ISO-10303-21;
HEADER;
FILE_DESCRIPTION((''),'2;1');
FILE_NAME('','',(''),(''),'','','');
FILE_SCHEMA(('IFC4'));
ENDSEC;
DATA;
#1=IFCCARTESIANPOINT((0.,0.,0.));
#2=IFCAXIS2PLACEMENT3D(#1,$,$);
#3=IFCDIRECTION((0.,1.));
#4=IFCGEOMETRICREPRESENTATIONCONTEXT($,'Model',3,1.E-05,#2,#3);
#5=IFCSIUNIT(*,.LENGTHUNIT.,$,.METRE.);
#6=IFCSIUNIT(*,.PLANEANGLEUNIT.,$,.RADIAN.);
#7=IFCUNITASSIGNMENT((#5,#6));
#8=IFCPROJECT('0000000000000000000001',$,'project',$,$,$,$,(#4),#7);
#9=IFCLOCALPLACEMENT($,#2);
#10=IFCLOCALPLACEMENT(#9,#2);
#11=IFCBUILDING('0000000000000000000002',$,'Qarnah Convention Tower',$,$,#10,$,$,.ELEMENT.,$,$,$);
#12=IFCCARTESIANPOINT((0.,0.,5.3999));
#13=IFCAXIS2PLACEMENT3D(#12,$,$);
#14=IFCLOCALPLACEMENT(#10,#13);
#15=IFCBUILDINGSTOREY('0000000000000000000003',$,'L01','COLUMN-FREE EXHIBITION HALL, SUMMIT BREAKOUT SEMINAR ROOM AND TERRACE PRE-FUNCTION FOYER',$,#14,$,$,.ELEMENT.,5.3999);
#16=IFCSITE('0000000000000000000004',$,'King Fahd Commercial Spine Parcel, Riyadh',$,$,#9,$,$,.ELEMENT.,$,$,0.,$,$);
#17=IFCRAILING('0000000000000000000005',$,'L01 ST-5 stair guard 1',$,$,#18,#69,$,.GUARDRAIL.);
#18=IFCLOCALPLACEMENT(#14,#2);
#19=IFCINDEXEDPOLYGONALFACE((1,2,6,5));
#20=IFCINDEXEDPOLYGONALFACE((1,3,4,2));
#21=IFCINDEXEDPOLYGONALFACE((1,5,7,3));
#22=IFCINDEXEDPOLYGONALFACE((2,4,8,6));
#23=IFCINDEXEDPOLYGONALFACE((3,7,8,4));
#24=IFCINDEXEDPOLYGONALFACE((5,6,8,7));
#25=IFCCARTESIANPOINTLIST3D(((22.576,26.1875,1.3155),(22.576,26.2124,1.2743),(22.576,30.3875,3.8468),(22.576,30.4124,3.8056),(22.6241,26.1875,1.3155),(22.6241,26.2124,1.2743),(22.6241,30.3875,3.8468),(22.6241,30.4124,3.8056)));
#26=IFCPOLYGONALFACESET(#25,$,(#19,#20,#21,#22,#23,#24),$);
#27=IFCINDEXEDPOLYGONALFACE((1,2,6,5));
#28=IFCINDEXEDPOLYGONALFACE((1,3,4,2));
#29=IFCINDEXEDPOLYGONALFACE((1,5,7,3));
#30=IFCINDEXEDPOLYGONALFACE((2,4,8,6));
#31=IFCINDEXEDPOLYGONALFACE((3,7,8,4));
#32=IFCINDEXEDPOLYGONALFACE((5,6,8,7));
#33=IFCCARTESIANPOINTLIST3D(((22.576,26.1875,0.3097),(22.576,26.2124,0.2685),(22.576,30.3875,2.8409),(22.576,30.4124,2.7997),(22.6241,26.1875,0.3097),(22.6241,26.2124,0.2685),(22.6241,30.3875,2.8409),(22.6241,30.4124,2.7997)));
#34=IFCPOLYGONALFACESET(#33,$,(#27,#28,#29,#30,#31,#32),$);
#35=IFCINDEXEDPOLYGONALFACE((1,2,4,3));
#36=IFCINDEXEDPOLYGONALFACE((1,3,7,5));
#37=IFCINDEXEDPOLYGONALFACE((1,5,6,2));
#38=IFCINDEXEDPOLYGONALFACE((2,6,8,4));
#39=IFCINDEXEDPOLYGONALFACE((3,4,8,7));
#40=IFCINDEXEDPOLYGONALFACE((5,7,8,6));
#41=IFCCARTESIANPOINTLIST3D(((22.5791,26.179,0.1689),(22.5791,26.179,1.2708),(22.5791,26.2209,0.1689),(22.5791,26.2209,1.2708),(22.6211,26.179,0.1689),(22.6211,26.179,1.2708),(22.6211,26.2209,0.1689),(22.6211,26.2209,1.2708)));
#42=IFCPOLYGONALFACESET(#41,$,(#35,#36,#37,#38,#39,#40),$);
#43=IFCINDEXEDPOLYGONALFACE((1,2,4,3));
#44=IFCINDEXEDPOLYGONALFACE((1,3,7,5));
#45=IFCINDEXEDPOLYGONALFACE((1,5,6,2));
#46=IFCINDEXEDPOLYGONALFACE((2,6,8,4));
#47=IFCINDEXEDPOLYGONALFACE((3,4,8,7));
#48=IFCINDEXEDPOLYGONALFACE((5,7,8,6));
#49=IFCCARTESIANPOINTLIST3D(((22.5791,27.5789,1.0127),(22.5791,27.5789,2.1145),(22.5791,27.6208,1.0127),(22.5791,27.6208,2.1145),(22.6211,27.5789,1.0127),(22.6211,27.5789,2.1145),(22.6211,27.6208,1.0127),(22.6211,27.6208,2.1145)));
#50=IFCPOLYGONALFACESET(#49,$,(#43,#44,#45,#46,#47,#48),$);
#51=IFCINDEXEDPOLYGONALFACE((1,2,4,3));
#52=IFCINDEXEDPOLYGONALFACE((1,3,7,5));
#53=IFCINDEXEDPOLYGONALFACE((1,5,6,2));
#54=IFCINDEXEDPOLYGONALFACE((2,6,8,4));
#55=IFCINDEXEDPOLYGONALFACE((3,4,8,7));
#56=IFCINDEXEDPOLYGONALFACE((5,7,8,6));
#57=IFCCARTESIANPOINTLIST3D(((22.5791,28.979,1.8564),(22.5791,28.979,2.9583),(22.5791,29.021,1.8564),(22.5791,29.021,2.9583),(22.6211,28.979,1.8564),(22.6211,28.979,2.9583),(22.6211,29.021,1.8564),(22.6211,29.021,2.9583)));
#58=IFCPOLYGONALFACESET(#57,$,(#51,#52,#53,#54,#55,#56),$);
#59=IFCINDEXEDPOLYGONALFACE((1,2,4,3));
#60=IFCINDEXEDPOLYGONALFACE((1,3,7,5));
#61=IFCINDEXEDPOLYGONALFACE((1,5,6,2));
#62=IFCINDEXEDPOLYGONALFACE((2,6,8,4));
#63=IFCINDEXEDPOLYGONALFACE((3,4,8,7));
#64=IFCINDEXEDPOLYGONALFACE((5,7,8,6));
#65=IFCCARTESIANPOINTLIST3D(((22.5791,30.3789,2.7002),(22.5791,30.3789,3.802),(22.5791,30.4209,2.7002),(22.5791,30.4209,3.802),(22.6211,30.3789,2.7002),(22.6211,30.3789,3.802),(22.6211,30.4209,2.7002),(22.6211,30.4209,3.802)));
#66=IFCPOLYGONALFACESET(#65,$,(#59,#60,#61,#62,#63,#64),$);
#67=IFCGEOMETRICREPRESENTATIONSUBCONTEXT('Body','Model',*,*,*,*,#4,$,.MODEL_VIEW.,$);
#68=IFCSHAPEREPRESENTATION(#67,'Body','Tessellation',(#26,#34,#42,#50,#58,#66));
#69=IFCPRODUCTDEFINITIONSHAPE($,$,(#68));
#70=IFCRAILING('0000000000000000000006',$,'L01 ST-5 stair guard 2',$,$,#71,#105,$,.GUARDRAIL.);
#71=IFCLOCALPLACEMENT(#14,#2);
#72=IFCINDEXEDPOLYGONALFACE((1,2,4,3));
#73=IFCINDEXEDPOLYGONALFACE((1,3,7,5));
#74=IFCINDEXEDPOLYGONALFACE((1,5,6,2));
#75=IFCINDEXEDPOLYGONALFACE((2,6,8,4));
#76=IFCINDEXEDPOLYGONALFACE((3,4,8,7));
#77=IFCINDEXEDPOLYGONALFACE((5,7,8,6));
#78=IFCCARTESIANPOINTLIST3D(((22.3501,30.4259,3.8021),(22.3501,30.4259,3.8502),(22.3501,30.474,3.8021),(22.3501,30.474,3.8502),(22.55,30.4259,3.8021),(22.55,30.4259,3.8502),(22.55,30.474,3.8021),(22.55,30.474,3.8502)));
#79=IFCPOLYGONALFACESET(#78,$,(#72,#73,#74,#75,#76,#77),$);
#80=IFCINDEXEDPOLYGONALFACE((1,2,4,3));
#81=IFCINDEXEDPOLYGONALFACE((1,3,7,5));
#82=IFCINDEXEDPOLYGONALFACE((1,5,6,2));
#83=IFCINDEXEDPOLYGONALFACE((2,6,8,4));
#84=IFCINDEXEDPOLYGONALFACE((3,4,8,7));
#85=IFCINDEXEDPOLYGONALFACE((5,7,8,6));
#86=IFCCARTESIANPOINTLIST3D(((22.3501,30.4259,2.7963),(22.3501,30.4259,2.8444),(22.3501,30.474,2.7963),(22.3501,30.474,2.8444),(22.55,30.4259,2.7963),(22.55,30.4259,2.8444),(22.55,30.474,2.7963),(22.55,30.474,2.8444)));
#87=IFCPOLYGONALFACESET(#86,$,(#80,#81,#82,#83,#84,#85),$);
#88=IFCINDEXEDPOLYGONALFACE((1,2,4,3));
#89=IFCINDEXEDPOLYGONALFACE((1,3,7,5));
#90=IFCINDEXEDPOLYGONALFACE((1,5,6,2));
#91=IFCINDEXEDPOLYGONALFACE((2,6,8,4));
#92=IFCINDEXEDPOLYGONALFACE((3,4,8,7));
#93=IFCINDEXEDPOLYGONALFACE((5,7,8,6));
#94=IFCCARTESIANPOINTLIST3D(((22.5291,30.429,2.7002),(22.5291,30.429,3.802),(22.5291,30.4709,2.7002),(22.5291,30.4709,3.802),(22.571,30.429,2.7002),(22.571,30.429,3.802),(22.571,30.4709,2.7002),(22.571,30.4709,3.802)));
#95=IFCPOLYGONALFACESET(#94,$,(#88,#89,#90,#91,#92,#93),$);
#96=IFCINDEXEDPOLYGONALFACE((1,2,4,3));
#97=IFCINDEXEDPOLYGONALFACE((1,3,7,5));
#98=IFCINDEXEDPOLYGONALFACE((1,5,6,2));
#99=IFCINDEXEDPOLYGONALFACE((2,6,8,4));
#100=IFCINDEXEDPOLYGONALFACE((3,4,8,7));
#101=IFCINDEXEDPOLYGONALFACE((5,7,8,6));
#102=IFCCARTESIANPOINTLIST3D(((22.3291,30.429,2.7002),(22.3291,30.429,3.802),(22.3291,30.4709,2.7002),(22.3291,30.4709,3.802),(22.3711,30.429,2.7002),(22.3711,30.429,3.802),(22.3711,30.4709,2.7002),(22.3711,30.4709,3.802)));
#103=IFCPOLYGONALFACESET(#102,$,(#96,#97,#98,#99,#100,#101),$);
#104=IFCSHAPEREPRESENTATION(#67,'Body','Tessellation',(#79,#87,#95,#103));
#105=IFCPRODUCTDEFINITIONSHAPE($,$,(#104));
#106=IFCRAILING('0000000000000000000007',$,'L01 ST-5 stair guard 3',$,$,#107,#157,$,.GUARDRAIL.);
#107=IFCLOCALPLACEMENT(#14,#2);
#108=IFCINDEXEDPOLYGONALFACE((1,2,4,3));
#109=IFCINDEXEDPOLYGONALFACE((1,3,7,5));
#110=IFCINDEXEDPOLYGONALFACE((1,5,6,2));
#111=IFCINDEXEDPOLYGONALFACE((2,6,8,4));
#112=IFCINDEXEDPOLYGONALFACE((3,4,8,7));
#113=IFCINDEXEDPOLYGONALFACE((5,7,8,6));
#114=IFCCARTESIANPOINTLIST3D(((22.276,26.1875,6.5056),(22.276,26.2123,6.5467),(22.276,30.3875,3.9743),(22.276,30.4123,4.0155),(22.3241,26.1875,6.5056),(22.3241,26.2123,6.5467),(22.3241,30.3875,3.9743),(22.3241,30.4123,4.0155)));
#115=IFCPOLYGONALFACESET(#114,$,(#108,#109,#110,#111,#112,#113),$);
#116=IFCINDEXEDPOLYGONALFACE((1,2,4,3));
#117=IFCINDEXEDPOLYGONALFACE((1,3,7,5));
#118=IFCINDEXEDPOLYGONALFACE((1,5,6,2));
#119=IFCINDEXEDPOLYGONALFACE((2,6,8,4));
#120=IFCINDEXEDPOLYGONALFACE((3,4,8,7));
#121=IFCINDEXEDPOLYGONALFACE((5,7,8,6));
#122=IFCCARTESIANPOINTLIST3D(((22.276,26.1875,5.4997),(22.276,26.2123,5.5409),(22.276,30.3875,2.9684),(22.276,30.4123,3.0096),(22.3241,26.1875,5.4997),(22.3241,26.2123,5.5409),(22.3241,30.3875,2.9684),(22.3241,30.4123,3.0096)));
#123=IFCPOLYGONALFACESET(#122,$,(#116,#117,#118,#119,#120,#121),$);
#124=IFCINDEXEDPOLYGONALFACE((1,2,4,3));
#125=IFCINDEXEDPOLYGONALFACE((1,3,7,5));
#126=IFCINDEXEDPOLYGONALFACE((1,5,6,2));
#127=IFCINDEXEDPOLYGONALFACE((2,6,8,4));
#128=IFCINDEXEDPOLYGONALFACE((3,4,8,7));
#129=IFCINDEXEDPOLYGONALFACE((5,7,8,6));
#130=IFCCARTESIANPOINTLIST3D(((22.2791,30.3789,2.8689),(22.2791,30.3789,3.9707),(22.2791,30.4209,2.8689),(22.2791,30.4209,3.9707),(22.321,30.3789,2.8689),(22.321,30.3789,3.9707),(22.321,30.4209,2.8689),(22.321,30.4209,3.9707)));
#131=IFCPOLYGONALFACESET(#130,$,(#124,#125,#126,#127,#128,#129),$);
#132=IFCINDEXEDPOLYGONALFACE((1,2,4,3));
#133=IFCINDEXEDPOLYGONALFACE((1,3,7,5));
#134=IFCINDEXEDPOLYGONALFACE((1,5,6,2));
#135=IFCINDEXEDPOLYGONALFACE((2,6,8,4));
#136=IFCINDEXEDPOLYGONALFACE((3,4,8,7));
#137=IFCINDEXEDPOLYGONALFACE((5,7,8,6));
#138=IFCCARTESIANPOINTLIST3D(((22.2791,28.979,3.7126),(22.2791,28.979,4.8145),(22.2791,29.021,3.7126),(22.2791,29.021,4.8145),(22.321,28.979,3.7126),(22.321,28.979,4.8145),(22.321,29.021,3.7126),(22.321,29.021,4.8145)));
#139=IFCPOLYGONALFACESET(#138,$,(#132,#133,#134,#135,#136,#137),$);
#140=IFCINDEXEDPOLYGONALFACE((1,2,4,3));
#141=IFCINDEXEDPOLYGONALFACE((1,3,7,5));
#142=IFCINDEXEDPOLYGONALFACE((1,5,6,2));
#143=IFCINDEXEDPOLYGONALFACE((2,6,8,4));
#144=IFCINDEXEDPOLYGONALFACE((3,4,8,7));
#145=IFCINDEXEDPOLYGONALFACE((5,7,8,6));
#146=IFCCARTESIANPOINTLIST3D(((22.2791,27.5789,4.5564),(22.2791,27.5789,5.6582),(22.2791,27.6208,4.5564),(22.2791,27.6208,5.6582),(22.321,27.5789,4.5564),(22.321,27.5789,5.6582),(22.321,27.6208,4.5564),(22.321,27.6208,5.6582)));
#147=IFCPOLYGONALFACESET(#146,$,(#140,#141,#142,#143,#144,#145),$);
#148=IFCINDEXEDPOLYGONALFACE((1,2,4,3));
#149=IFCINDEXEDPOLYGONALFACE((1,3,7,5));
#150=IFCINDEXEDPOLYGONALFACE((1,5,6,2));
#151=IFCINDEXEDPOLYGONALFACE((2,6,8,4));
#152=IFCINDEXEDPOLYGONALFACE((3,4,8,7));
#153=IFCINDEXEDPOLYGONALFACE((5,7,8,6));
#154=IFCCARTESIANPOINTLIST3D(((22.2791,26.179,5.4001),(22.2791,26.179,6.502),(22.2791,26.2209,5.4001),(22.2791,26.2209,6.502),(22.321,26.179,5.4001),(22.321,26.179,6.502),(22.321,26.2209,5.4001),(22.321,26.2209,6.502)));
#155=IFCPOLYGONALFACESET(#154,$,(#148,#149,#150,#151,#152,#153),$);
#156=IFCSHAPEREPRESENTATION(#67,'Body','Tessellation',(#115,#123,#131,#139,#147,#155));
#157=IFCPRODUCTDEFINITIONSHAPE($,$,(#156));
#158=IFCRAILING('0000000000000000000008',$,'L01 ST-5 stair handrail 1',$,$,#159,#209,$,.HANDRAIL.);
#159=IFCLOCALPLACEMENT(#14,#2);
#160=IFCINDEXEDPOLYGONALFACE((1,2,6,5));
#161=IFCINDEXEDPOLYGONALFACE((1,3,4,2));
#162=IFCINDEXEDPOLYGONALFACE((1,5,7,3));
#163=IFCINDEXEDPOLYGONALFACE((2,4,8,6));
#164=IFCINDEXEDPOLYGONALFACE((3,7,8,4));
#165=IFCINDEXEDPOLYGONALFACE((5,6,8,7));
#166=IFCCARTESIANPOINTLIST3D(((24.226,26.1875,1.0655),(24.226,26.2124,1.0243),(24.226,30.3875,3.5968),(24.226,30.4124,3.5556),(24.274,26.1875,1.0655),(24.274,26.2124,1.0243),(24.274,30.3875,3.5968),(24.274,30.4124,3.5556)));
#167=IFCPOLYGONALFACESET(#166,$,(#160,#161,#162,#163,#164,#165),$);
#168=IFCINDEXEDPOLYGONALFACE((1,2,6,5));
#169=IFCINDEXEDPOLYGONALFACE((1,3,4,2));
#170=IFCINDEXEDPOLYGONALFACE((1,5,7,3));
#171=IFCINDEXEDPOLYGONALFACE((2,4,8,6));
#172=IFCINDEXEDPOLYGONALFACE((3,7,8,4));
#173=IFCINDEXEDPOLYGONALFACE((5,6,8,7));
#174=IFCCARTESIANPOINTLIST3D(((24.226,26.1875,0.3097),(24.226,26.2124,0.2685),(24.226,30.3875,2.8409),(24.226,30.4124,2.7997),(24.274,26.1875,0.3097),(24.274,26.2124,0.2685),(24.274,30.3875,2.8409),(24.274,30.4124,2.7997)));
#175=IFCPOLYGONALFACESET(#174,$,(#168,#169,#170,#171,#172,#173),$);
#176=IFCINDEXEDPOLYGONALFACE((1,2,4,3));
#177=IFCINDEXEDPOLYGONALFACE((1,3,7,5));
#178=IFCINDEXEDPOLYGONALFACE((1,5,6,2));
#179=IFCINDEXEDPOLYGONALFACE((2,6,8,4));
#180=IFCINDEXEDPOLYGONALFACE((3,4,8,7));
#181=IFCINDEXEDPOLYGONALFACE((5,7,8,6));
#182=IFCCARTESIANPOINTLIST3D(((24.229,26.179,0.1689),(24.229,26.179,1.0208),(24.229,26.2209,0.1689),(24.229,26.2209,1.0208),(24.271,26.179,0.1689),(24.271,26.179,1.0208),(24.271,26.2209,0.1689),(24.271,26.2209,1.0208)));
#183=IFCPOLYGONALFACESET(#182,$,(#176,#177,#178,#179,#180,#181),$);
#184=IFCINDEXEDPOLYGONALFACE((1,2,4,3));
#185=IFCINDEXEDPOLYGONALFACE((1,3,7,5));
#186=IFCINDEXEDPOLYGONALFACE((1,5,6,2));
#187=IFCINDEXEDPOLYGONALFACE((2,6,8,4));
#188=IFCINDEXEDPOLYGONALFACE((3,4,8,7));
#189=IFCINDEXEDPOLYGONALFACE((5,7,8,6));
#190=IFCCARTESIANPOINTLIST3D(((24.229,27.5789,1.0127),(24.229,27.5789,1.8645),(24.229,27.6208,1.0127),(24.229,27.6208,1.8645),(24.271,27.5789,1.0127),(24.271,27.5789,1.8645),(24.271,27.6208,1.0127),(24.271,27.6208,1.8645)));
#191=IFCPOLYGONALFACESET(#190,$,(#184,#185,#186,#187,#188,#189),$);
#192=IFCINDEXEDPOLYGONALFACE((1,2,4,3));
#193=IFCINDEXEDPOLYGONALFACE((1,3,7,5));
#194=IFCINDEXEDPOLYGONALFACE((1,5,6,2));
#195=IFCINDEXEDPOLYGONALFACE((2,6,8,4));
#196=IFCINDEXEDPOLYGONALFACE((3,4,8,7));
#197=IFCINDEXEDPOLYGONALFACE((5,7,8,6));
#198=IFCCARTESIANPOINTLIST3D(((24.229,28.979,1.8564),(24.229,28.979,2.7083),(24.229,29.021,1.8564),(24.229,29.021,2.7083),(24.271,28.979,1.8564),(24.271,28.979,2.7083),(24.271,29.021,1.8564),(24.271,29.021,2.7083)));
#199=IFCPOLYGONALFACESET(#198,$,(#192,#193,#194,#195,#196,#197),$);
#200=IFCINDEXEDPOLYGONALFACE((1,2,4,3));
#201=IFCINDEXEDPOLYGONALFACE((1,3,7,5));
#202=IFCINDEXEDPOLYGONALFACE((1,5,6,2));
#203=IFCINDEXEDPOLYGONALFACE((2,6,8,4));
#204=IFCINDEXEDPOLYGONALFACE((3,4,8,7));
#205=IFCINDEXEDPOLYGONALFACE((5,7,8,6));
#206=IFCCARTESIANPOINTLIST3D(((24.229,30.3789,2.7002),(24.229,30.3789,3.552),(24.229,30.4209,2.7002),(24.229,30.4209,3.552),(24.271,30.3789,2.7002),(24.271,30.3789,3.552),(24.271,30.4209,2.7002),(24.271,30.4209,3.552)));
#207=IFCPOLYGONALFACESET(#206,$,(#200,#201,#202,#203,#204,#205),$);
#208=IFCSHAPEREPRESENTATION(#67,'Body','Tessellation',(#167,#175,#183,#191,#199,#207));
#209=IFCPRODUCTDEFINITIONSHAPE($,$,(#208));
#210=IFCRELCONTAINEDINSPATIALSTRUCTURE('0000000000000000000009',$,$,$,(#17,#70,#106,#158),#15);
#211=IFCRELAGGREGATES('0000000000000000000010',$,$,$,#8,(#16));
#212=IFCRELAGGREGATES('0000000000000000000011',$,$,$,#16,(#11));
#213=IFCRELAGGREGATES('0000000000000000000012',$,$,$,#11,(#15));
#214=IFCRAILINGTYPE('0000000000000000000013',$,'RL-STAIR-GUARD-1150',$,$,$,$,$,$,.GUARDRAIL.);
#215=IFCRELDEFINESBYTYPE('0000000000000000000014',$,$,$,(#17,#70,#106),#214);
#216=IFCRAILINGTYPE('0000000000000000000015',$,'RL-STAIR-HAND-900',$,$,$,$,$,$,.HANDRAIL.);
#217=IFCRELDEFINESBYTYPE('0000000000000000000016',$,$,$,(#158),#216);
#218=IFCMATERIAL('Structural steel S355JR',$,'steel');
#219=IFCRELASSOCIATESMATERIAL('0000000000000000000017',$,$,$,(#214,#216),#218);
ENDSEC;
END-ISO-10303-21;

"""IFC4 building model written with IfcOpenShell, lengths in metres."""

from ifc_helpers import new_model, si_unit, direction, frame, origin, origin_2d, place, context, subcontext, project, spatial, rectangle, extrude, material, type_object, element, save


model = new_model("IFC4")

# Units and contexts
model_context = context("Model", 3, precision=1e-05, world=origin(), true_north=direction((0.0, 1.0)))
body_context = subcontext(model_context, "Body", "Model", "MODEL_VIEW")
ifc_project = project(units=[si_unit("LENGTHUNIT", "METRE"), si_unit("PLANEANGLEUNIT", "RADIAN")], contexts=[model_context])

# Site, building, storey
site_placement = place(None, origin())
site = spatial("IfcSite", under=ifc_project, at=site_placement, Name="King Fahd Commercial Spine Parcel, Riyadh", CompositionType="ELEMENT", RefElevation=0.0)
building_placement = place(site_placement, origin())
building = spatial("IfcBuilding", under=site, at=building_placement, Name="Qarnah Convention Tower", CompositionType="ELEMENT")
storey_placement = place(building_placement, frame((0.0, 0.0, 5.3999)))
storey = spatial("IfcBuildingStorey", under=building, at=storey_placement, Name="L01", Description="COLUMN-FREE EXHIBITION HALL, SUMMIT BREAKOUT SEMINAR ROOM AND TERRACE PRE-FUNCTION FOYER", CompositionType="ELEMENT", Elevation=5.3999)

# Shared definitions
ifc_material_1 = material(Name="Structural steel S355JR", Category="steel")

# Railings
railing_type_1 = type_object("IfcRailingType", Name="RL-STAIR-GUARD-1150", PredefinedType="GUARDRAIL", material=ifc_material_1)
railing_1_placement = place(storey_placement, frame((22.6001, 26.2, 0.1689)))
element("IfcRailing", 1, at=railing_1_placement, inside=storey, type_object=railing_type_1, Name="L01 ST-5 stair guard 1", PredefinedType="GUARDRAIL", context=body_context, shape_type="SweptSolid", body=[
    extrude(rectangle(XDim=0.0481, YDim=0.0481, at=origin_2d()), frame((0.0, 0.0, 1.126), z_axis=(0.0, 0.856476, 0.516186), x_axis=(-1.0, 0.0, 0.0)), (0.0, 0.0, 1.0), 4.9038),
    extrude(rectangle(XDim=0.0481, YDim=0.0481, at=origin_2d()), frame((0.0, 0.0, 0.1201), z_axis=(0.0, 0.856476, 0.516186), x_axis=(-1.0, 0.0, 0.0)), (0.0, 0.0, 1.0), 4.9038),
    extrude(rectangle(XDim=0.042, YDim=0.042, at=origin_2d()), origin(), (0.0, 0.0, 1.0), 1.1018),
    extrude(rectangle(XDim=0.042, YDim=0.042, at=origin_2d()), frame((0.0, 1.3999, 0.8438)), (0.0, 0.0, 1.0), 1.1018),
    extrude(rectangle(XDim=0.042, YDim=0.042, at=origin_2d()), frame((0.0, 2.8, 1.6875)), (0.0, 0.0, 1.0), 1.1018),
    extrude(rectangle(XDim=0.042, YDim=0.042, at=origin_2d()), frame((0.0, 4.2, 2.5312)), (0.0, 0.0, 1.0), 1.1018),
])
railing_2_placement = place(storey_placement, frame((22.55, 30.45, 2.7002)))
element("IfcRailing", 2, at=railing_2_placement, inside=storey, type_object=railing_type_1, Name="L01 ST-5 stair guard 2", PredefinedType="GUARDRAIL", context=body_context, shape_type="SweptSolid", body=[
    extrude(rectangle(XDim=0.0481, YDim=0.0481, at=origin_2d()), frame((0.0, 0.0, 1.126), z_axis=(-1.0, 0.0, 0.0), x_axis=(0.0, -1.0, 0.0)), (0.0, 0.0, 1.0), 0.2),
    extrude(rectangle(XDim=0.0481, YDim=0.0481, at=origin_2d()), frame((0.0, 0.0, 0.1201), z_axis=(-1.0, 0.0, 0.0), x_axis=(0.0, -1.0, 0.0)), (0.0, 0.0, 1.0), 0.2),
    extrude(rectangle(XDim=0.042, YDim=0.042, at=origin_2d()), origin(), (0.0, 0.0, 1.0), 1.1018),
    extrude(rectangle(XDim=0.042, YDim=0.042, at=origin_2d()), frame((-0.2, 0.0, 0.0)), (0.0, 0.0, 1.0), 1.1018),
])
railing_3_placement = place(storey_placement, frame((22.3, 30.3999, 2.8689)))
element("IfcRailing", 3, at=railing_3_placement, inside=storey, type_object=railing_type_1, Name="L01 ST-5 stair guard 3", PredefinedType="GUARDRAIL", context=body_context, shape_type="SweptSolid", body=[
    extrude(rectangle(XDim=0.0481, YDim=0.0481, at=origin_2d()), frame((0.0, 0.0, 1.126), z_axis=(0.0, -0.856476, 0.516186), x_axis=(1.0, 0.0, 0.0)), (0.0, 0.0, 1.0), 4.9038),
    extrude(rectangle(XDim=0.0481, YDim=0.0481, at=origin_2d()), frame((0.0, 0.0, 0.1201), z_axis=(0.0, -0.856476, 0.516186), x_axis=(1.0, 0.0, 0.0)), (0.0, 0.0, 1.0), 4.9038),
    extrude(rectangle(XDim=0.042, YDim=0.042, at=origin_2d()), origin(), (0.0, 0.0, 1.0), 1.1018),
    extrude(rectangle(XDim=0.042, YDim=0.042, at=origin_2d()), frame((0.0, -1.3999, 0.8438)), (0.0, 0.0, 1.0), 1.1018),
    extrude(rectangle(XDim=0.042, YDim=0.042, at=origin_2d()), frame((0.0, -2.8, 1.6875)), (0.0, 0.0, 1.0), 1.1018),
    extrude(rectangle(XDim=0.042, YDim=0.042, at=origin_2d()), frame((0.0, -4.2, 2.5312)), (0.0, 0.0, 1.0), 1.1018),
])
railing_type_2 = type_object("IfcRailingType", Name="RL-STAIR-HAND-900", PredefinedType="HANDRAIL", material=ifc_material_1)
railing_4_placement = place(storey_placement, frame((24.25, 26.2, 0.1689)))
element("IfcRailing", 4, at=railing_4_placement, inside=storey, type_object=railing_type_2, Name="L01 ST-5 stair handrail 1", PredefinedType="HANDRAIL", context=body_context, shape_type="SweptSolid", body=[
    extrude(rectangle(XDim=0.0481, YDim=0.0481, at=origin_2d()), frame((0.0, 0.0, 0.876), z_axis=(0.0, 0.856476, 0.516186), x_axis=(-1.0, 0.0, 0.0)), (0.0, 0.0, 1.0), 4.9038),
    extrude(rectangle(XDim=0.0481, YDim=0.0481, at=origin_2d()), frame((0.0, 0.0, 0.1201), z_axis=(0.0, 0.856476, 0.516186), x_axis=(-1.0, 0.0, 0.0)), (0.0, 0.0, 1.0), 4.9038),
    extrude(rectangle(XDim=0.042, YDim=0.042, at=origin_2d()), origin(), (0.0, 0.0, 1.0), 0.8518),
    extrude(rectangle(XDim=0.042, YDim=0.042, at=origin_2d()), frame((0.0, 1.3999, 0.8438)), (0.0, 0.0, 1.0), 0.8518),
    extrude(rectangle(XDim=0.042, YDim=0.042, at=origin_2d()), frame((0.0, 2.8, 1.6875)), (0.0, 0.0, 1.0), 0.8518),
    extrude(rectangle(XDim=0.042, YDim=0.042, at=origin_2d()), frame((0.0, 4.2, 2.5312)), (0.0, 0.0, 1.0), 0.8518),
])

save(model, "model.ifc")
